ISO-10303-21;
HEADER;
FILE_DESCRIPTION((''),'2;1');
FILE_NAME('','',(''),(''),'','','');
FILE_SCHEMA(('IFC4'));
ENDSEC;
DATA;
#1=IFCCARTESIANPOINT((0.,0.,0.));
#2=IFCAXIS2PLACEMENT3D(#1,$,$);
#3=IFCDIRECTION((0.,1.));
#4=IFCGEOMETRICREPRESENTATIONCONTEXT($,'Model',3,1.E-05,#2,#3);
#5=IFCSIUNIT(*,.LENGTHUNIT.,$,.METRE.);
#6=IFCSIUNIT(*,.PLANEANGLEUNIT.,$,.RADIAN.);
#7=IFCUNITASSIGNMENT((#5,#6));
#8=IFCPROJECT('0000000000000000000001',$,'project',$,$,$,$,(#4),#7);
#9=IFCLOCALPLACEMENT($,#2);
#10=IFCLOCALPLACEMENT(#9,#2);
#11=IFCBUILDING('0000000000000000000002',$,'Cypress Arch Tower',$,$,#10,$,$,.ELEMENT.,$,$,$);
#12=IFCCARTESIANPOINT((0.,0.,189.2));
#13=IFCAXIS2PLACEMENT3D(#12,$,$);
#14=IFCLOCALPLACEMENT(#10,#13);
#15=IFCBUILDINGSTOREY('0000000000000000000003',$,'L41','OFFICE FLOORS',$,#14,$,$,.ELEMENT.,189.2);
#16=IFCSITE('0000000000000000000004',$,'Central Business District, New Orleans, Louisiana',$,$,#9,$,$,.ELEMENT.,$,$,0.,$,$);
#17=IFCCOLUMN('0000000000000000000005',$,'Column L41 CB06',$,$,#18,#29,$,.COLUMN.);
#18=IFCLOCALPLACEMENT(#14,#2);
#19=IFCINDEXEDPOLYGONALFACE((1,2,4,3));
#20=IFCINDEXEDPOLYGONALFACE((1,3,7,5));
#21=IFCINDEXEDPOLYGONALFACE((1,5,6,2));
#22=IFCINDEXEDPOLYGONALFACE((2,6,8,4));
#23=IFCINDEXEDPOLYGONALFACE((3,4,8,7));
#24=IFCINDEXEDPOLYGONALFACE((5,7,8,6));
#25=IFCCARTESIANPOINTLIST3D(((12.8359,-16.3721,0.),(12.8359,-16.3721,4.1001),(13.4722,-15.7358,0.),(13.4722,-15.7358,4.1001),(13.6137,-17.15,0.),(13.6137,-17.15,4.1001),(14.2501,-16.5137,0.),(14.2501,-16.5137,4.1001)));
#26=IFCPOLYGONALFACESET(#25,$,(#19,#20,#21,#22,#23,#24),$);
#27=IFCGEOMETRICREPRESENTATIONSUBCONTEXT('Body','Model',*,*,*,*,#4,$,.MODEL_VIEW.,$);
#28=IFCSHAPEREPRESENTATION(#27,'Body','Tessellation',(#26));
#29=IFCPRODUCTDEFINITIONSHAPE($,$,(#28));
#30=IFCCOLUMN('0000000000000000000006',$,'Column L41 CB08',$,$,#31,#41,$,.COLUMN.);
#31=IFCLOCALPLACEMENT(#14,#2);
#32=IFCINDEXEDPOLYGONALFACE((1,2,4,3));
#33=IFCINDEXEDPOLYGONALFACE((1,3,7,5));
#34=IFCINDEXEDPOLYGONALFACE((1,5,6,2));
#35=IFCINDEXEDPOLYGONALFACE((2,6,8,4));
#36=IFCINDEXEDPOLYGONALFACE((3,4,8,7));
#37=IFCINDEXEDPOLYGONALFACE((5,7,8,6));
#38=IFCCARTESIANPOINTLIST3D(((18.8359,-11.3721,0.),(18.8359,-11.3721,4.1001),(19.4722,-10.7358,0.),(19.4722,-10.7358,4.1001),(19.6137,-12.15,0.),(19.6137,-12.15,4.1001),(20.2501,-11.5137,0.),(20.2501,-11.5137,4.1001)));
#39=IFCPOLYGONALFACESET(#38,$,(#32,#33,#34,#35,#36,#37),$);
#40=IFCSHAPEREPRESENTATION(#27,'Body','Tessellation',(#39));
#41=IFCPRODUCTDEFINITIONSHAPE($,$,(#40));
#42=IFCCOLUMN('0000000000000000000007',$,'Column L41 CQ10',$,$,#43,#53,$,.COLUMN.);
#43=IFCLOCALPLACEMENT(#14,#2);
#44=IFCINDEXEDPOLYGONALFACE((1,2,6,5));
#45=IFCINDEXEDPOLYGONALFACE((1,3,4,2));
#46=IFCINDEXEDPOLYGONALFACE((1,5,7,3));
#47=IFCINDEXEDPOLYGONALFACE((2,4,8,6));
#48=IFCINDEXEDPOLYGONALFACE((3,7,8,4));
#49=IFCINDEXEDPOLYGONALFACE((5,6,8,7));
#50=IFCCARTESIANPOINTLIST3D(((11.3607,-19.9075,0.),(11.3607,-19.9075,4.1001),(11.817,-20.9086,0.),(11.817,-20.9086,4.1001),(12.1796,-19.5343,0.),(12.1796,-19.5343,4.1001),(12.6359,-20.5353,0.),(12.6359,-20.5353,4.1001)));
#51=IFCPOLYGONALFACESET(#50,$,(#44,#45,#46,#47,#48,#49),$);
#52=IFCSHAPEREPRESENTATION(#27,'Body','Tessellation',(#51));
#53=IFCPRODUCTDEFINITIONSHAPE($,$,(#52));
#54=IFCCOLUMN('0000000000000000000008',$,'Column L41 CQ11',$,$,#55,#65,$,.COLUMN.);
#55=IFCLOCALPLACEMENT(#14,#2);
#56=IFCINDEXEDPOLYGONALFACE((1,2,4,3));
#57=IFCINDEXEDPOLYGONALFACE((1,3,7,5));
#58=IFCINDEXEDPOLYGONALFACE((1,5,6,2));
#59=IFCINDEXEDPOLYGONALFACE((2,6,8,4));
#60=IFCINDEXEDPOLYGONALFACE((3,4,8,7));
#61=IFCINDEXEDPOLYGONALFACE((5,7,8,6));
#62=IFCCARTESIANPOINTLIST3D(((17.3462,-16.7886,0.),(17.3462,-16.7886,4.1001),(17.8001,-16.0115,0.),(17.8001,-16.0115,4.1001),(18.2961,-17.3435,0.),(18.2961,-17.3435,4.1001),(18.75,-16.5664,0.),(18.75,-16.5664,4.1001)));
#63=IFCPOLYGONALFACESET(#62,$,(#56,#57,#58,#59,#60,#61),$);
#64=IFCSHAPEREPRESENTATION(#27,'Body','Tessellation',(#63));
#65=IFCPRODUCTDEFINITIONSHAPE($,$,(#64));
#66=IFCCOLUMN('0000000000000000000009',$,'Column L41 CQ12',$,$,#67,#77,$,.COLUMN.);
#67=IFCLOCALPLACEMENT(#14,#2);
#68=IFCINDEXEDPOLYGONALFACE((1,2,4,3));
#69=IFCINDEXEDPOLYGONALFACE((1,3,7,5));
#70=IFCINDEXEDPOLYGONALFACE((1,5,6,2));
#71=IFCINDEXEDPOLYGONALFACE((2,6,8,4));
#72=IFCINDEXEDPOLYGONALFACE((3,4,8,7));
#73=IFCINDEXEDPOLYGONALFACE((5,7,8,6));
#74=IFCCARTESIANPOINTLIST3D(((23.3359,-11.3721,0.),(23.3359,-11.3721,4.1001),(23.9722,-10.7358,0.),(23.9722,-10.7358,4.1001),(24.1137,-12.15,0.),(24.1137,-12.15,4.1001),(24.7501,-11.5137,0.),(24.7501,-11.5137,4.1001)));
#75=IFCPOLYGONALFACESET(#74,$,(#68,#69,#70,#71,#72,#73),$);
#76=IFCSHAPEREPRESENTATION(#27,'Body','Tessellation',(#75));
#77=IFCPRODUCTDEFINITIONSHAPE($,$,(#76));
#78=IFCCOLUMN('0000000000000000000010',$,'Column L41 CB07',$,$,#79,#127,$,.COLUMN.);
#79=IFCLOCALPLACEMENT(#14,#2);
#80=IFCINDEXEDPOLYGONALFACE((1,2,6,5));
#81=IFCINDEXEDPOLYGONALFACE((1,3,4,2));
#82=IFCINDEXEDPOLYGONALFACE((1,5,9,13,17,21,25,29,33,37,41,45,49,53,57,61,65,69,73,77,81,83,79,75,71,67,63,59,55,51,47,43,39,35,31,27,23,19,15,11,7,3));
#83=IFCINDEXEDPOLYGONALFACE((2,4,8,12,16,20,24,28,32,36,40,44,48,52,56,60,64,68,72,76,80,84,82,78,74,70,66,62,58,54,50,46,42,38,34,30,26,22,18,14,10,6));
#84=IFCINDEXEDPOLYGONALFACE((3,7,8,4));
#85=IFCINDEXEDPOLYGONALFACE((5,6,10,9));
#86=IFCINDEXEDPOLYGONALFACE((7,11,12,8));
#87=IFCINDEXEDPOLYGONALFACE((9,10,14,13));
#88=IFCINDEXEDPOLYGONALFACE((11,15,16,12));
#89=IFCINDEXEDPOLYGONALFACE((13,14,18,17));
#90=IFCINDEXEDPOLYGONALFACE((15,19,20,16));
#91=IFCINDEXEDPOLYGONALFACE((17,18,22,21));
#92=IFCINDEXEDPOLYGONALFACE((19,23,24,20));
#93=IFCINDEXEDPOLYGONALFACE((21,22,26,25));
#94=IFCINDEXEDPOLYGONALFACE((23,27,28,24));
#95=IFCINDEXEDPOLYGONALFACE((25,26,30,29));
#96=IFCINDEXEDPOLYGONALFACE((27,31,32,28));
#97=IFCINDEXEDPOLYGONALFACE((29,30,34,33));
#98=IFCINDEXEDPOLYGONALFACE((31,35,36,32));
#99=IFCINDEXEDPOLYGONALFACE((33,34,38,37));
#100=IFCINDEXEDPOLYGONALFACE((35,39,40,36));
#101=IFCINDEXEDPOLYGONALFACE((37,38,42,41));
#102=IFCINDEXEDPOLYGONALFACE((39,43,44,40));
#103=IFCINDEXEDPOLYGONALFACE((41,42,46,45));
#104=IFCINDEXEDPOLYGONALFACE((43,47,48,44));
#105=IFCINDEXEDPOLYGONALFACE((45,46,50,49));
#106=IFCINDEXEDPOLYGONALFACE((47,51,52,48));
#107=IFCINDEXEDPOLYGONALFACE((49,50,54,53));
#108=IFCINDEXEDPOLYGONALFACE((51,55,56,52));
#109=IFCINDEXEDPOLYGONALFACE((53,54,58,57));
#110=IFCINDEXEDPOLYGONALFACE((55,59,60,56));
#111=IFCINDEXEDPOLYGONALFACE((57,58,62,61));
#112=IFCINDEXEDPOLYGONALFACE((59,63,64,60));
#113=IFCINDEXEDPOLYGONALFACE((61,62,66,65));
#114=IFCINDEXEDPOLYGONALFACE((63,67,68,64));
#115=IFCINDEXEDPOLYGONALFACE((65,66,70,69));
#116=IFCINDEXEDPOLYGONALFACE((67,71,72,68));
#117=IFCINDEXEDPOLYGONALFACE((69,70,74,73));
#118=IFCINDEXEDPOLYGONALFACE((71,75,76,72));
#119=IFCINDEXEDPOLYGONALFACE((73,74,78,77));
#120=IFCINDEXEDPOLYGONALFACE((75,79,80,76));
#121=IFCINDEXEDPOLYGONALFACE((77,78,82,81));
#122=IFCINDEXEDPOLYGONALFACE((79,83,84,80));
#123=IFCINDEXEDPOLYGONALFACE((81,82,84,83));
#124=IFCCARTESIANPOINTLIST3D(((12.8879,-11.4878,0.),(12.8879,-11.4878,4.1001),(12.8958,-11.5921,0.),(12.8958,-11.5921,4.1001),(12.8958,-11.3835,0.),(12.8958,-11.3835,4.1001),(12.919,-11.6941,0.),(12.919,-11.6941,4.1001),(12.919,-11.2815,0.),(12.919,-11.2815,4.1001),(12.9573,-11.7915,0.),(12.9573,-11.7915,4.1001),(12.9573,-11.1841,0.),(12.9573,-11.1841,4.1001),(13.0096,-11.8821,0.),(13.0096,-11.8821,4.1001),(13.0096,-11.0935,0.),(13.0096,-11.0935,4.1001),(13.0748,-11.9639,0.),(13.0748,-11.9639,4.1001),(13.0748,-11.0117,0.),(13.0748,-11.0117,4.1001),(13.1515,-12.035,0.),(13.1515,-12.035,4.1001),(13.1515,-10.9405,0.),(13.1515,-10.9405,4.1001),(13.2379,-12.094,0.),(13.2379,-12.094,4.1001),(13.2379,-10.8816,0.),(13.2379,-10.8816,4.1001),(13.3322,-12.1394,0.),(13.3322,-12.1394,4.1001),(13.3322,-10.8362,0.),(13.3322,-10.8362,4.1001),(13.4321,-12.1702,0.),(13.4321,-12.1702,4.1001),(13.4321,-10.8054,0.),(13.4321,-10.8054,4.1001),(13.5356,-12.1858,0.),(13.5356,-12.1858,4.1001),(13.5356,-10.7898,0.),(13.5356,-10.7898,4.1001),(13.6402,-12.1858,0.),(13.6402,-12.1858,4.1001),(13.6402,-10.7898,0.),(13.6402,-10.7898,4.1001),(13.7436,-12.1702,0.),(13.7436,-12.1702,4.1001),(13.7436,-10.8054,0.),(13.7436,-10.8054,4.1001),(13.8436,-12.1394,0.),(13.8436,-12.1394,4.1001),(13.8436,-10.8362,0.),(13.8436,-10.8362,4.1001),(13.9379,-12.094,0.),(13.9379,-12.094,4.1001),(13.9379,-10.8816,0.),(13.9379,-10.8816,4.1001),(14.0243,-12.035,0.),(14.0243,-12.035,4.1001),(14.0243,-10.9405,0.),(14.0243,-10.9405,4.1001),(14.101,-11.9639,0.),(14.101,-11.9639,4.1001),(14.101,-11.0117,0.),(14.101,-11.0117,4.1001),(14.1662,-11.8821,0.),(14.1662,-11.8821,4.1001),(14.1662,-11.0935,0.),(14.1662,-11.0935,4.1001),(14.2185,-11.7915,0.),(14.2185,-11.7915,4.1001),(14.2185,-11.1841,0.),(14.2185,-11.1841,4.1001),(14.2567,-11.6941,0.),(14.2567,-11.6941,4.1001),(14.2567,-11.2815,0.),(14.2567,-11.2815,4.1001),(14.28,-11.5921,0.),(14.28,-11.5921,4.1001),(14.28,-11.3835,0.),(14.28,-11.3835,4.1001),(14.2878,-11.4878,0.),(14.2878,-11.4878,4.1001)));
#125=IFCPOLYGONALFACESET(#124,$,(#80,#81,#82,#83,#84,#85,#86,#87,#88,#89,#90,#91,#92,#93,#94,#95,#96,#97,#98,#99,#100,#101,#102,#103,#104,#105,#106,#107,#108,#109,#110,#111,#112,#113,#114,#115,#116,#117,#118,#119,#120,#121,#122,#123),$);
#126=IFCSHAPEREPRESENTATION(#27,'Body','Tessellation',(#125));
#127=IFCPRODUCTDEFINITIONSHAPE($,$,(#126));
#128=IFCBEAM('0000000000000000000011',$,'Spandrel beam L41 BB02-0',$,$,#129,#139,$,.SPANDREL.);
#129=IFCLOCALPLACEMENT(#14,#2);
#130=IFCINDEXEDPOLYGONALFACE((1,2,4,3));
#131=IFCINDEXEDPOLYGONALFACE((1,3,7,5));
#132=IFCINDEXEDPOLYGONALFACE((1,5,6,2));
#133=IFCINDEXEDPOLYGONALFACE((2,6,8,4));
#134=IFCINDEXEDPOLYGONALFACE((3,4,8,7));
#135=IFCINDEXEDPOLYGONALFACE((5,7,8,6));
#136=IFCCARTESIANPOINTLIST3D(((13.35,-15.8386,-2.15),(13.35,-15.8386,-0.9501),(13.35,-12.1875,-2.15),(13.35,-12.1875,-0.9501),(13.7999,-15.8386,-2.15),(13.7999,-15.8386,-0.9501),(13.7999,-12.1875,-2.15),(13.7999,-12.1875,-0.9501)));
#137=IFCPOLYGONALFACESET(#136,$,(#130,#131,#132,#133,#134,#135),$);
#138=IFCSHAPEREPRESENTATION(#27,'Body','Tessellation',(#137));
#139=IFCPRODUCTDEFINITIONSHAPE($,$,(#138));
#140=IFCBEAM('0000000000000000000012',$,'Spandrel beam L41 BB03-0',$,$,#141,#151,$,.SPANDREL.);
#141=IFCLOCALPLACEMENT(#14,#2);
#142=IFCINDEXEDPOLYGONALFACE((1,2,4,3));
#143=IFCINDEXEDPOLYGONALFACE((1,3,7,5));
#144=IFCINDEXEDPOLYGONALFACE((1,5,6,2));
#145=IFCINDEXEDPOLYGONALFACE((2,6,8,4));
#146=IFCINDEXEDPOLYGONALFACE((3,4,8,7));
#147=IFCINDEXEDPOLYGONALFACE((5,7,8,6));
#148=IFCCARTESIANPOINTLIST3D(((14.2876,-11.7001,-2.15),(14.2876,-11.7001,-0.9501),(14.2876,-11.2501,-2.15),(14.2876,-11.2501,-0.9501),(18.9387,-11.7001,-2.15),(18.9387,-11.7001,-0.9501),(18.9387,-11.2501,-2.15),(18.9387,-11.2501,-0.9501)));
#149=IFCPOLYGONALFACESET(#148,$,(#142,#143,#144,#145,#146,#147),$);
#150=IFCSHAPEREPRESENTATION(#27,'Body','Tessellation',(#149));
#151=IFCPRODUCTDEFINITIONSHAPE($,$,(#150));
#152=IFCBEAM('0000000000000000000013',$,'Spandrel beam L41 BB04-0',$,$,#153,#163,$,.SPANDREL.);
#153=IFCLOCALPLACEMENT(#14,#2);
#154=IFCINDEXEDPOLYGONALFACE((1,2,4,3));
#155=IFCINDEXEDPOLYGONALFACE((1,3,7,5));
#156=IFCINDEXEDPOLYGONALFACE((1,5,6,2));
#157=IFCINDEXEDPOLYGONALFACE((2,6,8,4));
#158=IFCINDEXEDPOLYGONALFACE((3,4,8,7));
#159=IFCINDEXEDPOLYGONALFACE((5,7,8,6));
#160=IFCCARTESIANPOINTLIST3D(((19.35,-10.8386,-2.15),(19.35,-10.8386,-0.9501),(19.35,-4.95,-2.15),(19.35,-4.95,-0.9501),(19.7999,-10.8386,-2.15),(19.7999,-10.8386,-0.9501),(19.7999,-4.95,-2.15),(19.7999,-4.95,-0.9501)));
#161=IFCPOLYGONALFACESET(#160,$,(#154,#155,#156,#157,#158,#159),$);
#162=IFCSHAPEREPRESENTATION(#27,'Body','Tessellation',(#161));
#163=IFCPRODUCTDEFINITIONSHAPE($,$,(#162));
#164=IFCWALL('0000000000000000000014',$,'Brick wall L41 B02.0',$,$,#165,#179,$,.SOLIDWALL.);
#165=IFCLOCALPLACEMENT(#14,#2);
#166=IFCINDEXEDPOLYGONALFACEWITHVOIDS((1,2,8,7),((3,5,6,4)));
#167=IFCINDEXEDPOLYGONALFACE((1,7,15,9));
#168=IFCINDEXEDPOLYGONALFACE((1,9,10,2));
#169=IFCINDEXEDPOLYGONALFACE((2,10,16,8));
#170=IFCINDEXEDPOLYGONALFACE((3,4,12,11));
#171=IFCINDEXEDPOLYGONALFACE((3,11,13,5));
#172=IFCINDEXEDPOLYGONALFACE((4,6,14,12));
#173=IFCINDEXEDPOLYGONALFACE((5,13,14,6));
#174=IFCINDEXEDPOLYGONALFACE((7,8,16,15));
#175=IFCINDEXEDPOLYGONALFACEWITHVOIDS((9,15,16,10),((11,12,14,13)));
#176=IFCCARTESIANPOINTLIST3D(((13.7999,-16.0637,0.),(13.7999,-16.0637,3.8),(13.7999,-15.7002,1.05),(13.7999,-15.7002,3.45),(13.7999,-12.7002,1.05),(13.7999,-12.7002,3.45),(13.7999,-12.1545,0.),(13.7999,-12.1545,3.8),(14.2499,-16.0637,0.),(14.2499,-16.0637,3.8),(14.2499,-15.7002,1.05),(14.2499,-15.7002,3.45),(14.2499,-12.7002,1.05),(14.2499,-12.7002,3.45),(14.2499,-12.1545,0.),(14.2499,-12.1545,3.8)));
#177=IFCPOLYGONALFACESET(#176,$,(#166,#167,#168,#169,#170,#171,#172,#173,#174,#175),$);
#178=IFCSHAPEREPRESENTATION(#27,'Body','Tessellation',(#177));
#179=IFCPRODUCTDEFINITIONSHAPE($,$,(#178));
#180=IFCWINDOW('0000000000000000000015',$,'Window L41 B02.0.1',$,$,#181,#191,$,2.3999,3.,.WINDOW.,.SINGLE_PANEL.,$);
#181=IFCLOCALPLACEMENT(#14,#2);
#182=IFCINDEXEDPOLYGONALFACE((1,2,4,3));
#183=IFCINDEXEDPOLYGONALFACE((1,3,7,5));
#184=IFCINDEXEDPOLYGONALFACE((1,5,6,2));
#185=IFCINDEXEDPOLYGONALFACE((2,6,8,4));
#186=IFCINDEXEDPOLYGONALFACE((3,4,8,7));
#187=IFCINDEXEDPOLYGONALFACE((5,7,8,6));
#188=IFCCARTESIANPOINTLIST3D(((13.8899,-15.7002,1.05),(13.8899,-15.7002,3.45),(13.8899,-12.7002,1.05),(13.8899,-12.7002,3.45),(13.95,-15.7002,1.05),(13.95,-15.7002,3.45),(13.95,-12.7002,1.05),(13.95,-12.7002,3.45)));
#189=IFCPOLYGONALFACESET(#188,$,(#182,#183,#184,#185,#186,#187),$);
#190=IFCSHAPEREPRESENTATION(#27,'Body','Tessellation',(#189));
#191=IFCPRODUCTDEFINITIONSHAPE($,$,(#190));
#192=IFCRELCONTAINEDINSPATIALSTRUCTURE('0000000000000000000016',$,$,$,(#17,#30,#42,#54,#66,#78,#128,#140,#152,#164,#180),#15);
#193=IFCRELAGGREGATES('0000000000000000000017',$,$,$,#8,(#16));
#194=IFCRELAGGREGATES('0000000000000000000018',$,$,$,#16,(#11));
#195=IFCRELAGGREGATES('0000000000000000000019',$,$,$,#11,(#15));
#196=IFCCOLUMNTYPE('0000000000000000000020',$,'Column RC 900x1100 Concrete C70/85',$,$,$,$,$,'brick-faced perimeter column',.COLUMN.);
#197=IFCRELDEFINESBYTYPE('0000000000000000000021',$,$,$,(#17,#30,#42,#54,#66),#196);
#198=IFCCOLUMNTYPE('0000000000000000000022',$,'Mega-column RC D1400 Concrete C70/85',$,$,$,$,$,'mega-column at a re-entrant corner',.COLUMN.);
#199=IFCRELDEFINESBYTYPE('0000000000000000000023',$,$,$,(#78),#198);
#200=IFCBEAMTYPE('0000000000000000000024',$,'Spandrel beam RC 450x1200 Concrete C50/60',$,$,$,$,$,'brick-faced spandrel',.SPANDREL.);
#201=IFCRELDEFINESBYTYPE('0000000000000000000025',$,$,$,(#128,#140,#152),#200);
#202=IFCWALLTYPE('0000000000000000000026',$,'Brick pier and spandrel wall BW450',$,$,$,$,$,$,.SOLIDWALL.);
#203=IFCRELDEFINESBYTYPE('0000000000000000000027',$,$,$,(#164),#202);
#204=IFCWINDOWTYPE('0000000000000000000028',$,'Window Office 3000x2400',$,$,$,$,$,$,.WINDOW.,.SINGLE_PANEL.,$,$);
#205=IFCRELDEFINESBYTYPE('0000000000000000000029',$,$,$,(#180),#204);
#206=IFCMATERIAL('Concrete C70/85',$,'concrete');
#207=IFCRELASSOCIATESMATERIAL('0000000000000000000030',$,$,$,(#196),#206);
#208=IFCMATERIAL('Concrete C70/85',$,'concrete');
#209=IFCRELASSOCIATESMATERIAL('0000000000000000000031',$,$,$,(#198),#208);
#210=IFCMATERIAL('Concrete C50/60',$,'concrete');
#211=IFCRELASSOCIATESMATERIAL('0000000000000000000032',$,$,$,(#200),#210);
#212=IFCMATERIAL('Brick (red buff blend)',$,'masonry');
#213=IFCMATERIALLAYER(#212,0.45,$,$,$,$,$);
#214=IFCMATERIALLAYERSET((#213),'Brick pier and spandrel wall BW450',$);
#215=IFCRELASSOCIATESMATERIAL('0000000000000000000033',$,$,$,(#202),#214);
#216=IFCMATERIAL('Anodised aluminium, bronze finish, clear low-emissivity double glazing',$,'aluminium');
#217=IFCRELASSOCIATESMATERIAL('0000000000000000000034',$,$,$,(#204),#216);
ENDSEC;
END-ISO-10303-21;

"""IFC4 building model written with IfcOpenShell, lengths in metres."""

from ifc_helpers import new_model, si_unit, direction, frame, frame_2d, origin, origin_2d, place, context, subcontext, project, spatial, rectangle, circle, extrude, material, layer, layer_set, material_profile, profile_set, type_object, element, fill, save


model = new_model("IFC4")

# Units and contexts
model_context = context("Model", 3, precision=1e-05, world=origin(), true_north=direction((0.0, 1.0)))
body_context = subcontext(model_context, "Body", "Model", "MODEL_VIEW")
ifc_project = project(units=[si_unit("LENGTHUNIT", "METRE"), si_unit("PLANEANGLEUNIT", "RADIAN")], contexts=[model_context])

# Site, building, storey
site_placement = place(None, origin())
site = spatial("IfcSite", under=ifc_project, at=site_placement, Name="Central Business District, New Orleans, Louisiana", CompositionType="ELEMENT", RefElevation=0.0)
building_placement = place(site_placement, origin())
building = spatial("IfcBuilding", under=site, at=building_placement, Name="Cypress Arch Tower", CompositionType="ELEMENT")
storey_placement = place(building_placement, frame((0.0, 0.0, 189.2)))
storey = spatial("IfcBuildingStorey", under=building, at=storey_placement, Name="L41", Description="OFFICE FLOORS", CompositionType="ELEMENT", Elevation=189.2)

# Columns
ifc_material_1 = material(Name="Concrete C70/85", Category="concrete")
ifc_material_profile_1 = material_profile(ifc_material_1, rectangle(XDim=0.8999, YDim=1.1001, at=origin_2d()), Name="RC 900x1100")
ifc_profile_set_1 = profile_set([ifc_material_profile_1], Name="Concrete C70/85")
column_type_1 = type_object("IfcColumnType", Name="Column RC 900x1100 Concrete C70/85", ElementType="brick-faced perimeter column", PredefinedType="COLUMN", material=ifc_profile_set_1)
for number, where, z_axis, x_axis, name in (
    (1, (13.543, -16.4429, 0.0), (0.0, 0.0, 1.0), (0.707107, 0.707107, 0.0), "Column L41 CB06"),
    (2, (19.543, -11.4429, 0.0), (0.0, 0.0, 1.0), (0.707107, 0.707107, 0.0), "Column L41 CB08"),
    (3, (11.9983, -20.2214, 0.0), (0.0, 0.0, 1.0), (0.909932, 0.414757, 0.0), "Column L41 CQ10"),
    (4, (18.0481, -16.6775, 0.0), (0.0, 0.0, 1.0), (0.504399, 0.863471, 0.0), "Column L41 CQ11"),
    (5, (24.043, -11.4429, 0.0), (0.0, 0.0, 1.0), (0.707107, 0.707107, 0.0), "Column L41 CQ12"),
):
    element("IfcColumn", number, at=place(storey_placement, frame(where, z_axis=z_axis, x_axis=x_axis)), inside=storey, type_object=column_type_1, Name=name, PredefinedType="COLUMN", context=body_context, shape_type="SweptSolid", body=[
        extrude(rectangle(XDim=0.8999, YDim=1.1001, at=origin_2d()), origin(), (0.0, 0.0, 1.0), 4.1001),
    ])
ifc_material_2 = material(Name="Concrete C70/85", Category="concrete")
ifc_material_profile_2 = material_profile(ifc_material_2, circle(Radius=0.7, at=origin_2d()), Name="RC D1400")
ifc_profile_set_2 = profile_set([ifc_material_profile_2], Name="Concrete C70/85")
column_type_2 = type_object("IfcColumnType", Name="Mega-column RC D1400 Concrete C70/85", ElementType="mega-column at a re-entrant corner", PredefinedType="COLUMN", material=ifc_profile_set_2)
column_placement = place(storey_placement, frame((13.5879, -11.4878, 0.0), z_axis=(0.0, 0.0, 1.0), x_axis=(1.0, 0.0, 0.0)))
element("IfcColumn", 6, at=column_placement, inside=storey, type_object=column_type_2, Name="Column L41 CB07", PredefinedType="COLUMN", context=body_context, shape_type="SweptSolid", body=[
    extrude(circle(Radius=0.7, at=origin_2d()), origin(), (0.0, 0.0, 1.0), 4.1001),
])

# Beams
ifc_material_3 = material(Name="Concrete C50/60", Category="concrete")
ifc_material_profile_3 = material_profile(ifc_material_3, rectangle(XDim=0.45, YDim=1.2, at=origin_2d()), Name="RC 450x1200")
ifc_profile_set_3 = profile_set([ifc_material_profile_3], Name="Concrete C50/60")
beam_type = type_object("IfcBeamType", Name="Spandrel beam RC 450x1200 Concrete C50/60", ElementType="brick-faced spandrel", PredefinedType="SPANDREL", material=ifc_profile_set_3)
beam_1_placement = place(storey_placement, frame((13.575, -15.8386, -1.55), z_axis=(0.0, 1.0, 0.0), x_axis=(-1.0, 0.0, 0.0)))
element("IfcBeam", 7, at=beam_1_placement, inside=storey, type_object=beam_type, Name="Spandrel beam L41 BB02-0", PredefinedType="SPANDREL", context=body_context, shape_type="SweptSolid", body=[
    extrude(rectangle(XDim=0.45, YDim=1.2, at=origin_2d()), origin(), (0.0, 0.0, 1.0), 3.6511),
])
beam_2_placement = place(storey_placement, frame((14.2876, -11.4751, -1.55), z_axis=(1.0, 0.0, 0.0), x_axis=(0.0, 1.0, 0.0)))
element("IfcBeam", 8, at=beam_2_placement, inside=storey, type_object=beam_type, Name="Spandrel beam L41 BB03-0", PredefinedType="SPANDREL", context=body_context, shape_type="SweptSolid", body=[
    extrude(rectangle(XDim=0.45, YDim=1.2, at=origin_2d()), origin(), (0.0, 0.0, 1.0), 4.6511),
])
beam_3_placement = place(storey_placement, frame((19.575, -10.8386, -1.55), z_axis=(0.0, 1.0, 0.0), x_axis=(-1.0, 0.0, 0.0)))
element("IfcBeam", 9, at=beam_3_placement, inside=storey, type_object=beam_type, Name="Spandrel beam L41 BB04-0", PredefinedType="SPANDREL", context=body_context, shape_type="SweptSolid", body=[
    extrude(rectangle(XDim=0.45, YDim=1.2, at=origin_2d()), origin(), (0.0, 0.0, 1.0), 5.8887),
])

# Wall, opening, window
ifc_material_4 = material(Name="Brick (red buff blend)", Category="masonry")
ifc_layer_1 = layer(ifc_material_4, 0.45)
ifc_layer_set_1 = layer_set([ifc_layer_1], Name="Brick pier and spandrel wall BW450")
wall_type_1 = type_object("IfcWallType", Name="Brick pier and spandrel wall BW450", PredefinedType="SOLIDWALL", material=ifc_layer_set_1)
wall_1_placement = place(storey_placement, frame((14.0249, -16.0637, 0.0), z_axis=(0.0, 0.0, 1.0), x_axis=(0.0, 1.0, 0.0)))
wall_1 = element("IfcWall", 10, at=wall_1_placement, inside=storey, type_object=wall_type_1, Name="Brick wall L41 B02.0", PredefinedType="SOLIDWALL", context=body_context, shape_type="SweptSolid", body=[
    extrude(rectangle(XDim=3.9092, YDim=0.45, at=frame_2d((1.9546, 0.0))), origin(), (0.0, 0.0, 1.0), 3.8),
])
opening_1_placement = place(wall_1_placement, frame((0.3635, 0.0, 1.05)))
opening_1 = element("IfcOpeningElement", 11, at=opening_1_placement, cuts=wall_1, PredefinedType="OPENING", context=body_context, shape_type="SweptSolid", body=[
    extrude(rectangle(XDim=3.0, YDim=2.3999, at=frame_2d((1.5, 1.2))), frame((0.0, 0.2349, 0.0), z_axis=(0.0, -1.0, 0.0), x_axis=(1.0, 0.0, 0.0)), (0.0, 0.0, 1.0), 0.47),
])
ifc_material_5 = material(Name="Anodised aluminium, bronze finish, clear low-emissivity double glazing", Category="aluminium")
window_type_1 = type_object("IfcWindowType", Name="Window Office 3000x2400", PartitioningType="SINGLE_PANEL", PredefinedType="WINDOW", material=ifc_material_5)
window_1_placement = place(opening_1_placement, origin())
window_1 = element("IfcWindow", 12, at=window_1_placement, inside=storey, type_object=window_type_1, Name="Window L41 B02.0.1", OverallHeight=2.3999, OverallWidth=3.0, PartitioningType="SINGLE_PANEL", PredefinedType="WINDOW", context=body_context, shape_type="SweptSolid", body=[
    extrude(rectangle(XDim=3.0, YDim=2.3999, at=frame_2d((1.5, 1.2))), frame((0.0, 0.135, 0.0), z_axis=(0.0, -1.0, 0.0), x_axis=(1.0, 0.0, 0.0)), (0.0, 0.0, 1.0), 0.0601),
])
fill(opening_1, window_1)

save(model, "model.ifc")
